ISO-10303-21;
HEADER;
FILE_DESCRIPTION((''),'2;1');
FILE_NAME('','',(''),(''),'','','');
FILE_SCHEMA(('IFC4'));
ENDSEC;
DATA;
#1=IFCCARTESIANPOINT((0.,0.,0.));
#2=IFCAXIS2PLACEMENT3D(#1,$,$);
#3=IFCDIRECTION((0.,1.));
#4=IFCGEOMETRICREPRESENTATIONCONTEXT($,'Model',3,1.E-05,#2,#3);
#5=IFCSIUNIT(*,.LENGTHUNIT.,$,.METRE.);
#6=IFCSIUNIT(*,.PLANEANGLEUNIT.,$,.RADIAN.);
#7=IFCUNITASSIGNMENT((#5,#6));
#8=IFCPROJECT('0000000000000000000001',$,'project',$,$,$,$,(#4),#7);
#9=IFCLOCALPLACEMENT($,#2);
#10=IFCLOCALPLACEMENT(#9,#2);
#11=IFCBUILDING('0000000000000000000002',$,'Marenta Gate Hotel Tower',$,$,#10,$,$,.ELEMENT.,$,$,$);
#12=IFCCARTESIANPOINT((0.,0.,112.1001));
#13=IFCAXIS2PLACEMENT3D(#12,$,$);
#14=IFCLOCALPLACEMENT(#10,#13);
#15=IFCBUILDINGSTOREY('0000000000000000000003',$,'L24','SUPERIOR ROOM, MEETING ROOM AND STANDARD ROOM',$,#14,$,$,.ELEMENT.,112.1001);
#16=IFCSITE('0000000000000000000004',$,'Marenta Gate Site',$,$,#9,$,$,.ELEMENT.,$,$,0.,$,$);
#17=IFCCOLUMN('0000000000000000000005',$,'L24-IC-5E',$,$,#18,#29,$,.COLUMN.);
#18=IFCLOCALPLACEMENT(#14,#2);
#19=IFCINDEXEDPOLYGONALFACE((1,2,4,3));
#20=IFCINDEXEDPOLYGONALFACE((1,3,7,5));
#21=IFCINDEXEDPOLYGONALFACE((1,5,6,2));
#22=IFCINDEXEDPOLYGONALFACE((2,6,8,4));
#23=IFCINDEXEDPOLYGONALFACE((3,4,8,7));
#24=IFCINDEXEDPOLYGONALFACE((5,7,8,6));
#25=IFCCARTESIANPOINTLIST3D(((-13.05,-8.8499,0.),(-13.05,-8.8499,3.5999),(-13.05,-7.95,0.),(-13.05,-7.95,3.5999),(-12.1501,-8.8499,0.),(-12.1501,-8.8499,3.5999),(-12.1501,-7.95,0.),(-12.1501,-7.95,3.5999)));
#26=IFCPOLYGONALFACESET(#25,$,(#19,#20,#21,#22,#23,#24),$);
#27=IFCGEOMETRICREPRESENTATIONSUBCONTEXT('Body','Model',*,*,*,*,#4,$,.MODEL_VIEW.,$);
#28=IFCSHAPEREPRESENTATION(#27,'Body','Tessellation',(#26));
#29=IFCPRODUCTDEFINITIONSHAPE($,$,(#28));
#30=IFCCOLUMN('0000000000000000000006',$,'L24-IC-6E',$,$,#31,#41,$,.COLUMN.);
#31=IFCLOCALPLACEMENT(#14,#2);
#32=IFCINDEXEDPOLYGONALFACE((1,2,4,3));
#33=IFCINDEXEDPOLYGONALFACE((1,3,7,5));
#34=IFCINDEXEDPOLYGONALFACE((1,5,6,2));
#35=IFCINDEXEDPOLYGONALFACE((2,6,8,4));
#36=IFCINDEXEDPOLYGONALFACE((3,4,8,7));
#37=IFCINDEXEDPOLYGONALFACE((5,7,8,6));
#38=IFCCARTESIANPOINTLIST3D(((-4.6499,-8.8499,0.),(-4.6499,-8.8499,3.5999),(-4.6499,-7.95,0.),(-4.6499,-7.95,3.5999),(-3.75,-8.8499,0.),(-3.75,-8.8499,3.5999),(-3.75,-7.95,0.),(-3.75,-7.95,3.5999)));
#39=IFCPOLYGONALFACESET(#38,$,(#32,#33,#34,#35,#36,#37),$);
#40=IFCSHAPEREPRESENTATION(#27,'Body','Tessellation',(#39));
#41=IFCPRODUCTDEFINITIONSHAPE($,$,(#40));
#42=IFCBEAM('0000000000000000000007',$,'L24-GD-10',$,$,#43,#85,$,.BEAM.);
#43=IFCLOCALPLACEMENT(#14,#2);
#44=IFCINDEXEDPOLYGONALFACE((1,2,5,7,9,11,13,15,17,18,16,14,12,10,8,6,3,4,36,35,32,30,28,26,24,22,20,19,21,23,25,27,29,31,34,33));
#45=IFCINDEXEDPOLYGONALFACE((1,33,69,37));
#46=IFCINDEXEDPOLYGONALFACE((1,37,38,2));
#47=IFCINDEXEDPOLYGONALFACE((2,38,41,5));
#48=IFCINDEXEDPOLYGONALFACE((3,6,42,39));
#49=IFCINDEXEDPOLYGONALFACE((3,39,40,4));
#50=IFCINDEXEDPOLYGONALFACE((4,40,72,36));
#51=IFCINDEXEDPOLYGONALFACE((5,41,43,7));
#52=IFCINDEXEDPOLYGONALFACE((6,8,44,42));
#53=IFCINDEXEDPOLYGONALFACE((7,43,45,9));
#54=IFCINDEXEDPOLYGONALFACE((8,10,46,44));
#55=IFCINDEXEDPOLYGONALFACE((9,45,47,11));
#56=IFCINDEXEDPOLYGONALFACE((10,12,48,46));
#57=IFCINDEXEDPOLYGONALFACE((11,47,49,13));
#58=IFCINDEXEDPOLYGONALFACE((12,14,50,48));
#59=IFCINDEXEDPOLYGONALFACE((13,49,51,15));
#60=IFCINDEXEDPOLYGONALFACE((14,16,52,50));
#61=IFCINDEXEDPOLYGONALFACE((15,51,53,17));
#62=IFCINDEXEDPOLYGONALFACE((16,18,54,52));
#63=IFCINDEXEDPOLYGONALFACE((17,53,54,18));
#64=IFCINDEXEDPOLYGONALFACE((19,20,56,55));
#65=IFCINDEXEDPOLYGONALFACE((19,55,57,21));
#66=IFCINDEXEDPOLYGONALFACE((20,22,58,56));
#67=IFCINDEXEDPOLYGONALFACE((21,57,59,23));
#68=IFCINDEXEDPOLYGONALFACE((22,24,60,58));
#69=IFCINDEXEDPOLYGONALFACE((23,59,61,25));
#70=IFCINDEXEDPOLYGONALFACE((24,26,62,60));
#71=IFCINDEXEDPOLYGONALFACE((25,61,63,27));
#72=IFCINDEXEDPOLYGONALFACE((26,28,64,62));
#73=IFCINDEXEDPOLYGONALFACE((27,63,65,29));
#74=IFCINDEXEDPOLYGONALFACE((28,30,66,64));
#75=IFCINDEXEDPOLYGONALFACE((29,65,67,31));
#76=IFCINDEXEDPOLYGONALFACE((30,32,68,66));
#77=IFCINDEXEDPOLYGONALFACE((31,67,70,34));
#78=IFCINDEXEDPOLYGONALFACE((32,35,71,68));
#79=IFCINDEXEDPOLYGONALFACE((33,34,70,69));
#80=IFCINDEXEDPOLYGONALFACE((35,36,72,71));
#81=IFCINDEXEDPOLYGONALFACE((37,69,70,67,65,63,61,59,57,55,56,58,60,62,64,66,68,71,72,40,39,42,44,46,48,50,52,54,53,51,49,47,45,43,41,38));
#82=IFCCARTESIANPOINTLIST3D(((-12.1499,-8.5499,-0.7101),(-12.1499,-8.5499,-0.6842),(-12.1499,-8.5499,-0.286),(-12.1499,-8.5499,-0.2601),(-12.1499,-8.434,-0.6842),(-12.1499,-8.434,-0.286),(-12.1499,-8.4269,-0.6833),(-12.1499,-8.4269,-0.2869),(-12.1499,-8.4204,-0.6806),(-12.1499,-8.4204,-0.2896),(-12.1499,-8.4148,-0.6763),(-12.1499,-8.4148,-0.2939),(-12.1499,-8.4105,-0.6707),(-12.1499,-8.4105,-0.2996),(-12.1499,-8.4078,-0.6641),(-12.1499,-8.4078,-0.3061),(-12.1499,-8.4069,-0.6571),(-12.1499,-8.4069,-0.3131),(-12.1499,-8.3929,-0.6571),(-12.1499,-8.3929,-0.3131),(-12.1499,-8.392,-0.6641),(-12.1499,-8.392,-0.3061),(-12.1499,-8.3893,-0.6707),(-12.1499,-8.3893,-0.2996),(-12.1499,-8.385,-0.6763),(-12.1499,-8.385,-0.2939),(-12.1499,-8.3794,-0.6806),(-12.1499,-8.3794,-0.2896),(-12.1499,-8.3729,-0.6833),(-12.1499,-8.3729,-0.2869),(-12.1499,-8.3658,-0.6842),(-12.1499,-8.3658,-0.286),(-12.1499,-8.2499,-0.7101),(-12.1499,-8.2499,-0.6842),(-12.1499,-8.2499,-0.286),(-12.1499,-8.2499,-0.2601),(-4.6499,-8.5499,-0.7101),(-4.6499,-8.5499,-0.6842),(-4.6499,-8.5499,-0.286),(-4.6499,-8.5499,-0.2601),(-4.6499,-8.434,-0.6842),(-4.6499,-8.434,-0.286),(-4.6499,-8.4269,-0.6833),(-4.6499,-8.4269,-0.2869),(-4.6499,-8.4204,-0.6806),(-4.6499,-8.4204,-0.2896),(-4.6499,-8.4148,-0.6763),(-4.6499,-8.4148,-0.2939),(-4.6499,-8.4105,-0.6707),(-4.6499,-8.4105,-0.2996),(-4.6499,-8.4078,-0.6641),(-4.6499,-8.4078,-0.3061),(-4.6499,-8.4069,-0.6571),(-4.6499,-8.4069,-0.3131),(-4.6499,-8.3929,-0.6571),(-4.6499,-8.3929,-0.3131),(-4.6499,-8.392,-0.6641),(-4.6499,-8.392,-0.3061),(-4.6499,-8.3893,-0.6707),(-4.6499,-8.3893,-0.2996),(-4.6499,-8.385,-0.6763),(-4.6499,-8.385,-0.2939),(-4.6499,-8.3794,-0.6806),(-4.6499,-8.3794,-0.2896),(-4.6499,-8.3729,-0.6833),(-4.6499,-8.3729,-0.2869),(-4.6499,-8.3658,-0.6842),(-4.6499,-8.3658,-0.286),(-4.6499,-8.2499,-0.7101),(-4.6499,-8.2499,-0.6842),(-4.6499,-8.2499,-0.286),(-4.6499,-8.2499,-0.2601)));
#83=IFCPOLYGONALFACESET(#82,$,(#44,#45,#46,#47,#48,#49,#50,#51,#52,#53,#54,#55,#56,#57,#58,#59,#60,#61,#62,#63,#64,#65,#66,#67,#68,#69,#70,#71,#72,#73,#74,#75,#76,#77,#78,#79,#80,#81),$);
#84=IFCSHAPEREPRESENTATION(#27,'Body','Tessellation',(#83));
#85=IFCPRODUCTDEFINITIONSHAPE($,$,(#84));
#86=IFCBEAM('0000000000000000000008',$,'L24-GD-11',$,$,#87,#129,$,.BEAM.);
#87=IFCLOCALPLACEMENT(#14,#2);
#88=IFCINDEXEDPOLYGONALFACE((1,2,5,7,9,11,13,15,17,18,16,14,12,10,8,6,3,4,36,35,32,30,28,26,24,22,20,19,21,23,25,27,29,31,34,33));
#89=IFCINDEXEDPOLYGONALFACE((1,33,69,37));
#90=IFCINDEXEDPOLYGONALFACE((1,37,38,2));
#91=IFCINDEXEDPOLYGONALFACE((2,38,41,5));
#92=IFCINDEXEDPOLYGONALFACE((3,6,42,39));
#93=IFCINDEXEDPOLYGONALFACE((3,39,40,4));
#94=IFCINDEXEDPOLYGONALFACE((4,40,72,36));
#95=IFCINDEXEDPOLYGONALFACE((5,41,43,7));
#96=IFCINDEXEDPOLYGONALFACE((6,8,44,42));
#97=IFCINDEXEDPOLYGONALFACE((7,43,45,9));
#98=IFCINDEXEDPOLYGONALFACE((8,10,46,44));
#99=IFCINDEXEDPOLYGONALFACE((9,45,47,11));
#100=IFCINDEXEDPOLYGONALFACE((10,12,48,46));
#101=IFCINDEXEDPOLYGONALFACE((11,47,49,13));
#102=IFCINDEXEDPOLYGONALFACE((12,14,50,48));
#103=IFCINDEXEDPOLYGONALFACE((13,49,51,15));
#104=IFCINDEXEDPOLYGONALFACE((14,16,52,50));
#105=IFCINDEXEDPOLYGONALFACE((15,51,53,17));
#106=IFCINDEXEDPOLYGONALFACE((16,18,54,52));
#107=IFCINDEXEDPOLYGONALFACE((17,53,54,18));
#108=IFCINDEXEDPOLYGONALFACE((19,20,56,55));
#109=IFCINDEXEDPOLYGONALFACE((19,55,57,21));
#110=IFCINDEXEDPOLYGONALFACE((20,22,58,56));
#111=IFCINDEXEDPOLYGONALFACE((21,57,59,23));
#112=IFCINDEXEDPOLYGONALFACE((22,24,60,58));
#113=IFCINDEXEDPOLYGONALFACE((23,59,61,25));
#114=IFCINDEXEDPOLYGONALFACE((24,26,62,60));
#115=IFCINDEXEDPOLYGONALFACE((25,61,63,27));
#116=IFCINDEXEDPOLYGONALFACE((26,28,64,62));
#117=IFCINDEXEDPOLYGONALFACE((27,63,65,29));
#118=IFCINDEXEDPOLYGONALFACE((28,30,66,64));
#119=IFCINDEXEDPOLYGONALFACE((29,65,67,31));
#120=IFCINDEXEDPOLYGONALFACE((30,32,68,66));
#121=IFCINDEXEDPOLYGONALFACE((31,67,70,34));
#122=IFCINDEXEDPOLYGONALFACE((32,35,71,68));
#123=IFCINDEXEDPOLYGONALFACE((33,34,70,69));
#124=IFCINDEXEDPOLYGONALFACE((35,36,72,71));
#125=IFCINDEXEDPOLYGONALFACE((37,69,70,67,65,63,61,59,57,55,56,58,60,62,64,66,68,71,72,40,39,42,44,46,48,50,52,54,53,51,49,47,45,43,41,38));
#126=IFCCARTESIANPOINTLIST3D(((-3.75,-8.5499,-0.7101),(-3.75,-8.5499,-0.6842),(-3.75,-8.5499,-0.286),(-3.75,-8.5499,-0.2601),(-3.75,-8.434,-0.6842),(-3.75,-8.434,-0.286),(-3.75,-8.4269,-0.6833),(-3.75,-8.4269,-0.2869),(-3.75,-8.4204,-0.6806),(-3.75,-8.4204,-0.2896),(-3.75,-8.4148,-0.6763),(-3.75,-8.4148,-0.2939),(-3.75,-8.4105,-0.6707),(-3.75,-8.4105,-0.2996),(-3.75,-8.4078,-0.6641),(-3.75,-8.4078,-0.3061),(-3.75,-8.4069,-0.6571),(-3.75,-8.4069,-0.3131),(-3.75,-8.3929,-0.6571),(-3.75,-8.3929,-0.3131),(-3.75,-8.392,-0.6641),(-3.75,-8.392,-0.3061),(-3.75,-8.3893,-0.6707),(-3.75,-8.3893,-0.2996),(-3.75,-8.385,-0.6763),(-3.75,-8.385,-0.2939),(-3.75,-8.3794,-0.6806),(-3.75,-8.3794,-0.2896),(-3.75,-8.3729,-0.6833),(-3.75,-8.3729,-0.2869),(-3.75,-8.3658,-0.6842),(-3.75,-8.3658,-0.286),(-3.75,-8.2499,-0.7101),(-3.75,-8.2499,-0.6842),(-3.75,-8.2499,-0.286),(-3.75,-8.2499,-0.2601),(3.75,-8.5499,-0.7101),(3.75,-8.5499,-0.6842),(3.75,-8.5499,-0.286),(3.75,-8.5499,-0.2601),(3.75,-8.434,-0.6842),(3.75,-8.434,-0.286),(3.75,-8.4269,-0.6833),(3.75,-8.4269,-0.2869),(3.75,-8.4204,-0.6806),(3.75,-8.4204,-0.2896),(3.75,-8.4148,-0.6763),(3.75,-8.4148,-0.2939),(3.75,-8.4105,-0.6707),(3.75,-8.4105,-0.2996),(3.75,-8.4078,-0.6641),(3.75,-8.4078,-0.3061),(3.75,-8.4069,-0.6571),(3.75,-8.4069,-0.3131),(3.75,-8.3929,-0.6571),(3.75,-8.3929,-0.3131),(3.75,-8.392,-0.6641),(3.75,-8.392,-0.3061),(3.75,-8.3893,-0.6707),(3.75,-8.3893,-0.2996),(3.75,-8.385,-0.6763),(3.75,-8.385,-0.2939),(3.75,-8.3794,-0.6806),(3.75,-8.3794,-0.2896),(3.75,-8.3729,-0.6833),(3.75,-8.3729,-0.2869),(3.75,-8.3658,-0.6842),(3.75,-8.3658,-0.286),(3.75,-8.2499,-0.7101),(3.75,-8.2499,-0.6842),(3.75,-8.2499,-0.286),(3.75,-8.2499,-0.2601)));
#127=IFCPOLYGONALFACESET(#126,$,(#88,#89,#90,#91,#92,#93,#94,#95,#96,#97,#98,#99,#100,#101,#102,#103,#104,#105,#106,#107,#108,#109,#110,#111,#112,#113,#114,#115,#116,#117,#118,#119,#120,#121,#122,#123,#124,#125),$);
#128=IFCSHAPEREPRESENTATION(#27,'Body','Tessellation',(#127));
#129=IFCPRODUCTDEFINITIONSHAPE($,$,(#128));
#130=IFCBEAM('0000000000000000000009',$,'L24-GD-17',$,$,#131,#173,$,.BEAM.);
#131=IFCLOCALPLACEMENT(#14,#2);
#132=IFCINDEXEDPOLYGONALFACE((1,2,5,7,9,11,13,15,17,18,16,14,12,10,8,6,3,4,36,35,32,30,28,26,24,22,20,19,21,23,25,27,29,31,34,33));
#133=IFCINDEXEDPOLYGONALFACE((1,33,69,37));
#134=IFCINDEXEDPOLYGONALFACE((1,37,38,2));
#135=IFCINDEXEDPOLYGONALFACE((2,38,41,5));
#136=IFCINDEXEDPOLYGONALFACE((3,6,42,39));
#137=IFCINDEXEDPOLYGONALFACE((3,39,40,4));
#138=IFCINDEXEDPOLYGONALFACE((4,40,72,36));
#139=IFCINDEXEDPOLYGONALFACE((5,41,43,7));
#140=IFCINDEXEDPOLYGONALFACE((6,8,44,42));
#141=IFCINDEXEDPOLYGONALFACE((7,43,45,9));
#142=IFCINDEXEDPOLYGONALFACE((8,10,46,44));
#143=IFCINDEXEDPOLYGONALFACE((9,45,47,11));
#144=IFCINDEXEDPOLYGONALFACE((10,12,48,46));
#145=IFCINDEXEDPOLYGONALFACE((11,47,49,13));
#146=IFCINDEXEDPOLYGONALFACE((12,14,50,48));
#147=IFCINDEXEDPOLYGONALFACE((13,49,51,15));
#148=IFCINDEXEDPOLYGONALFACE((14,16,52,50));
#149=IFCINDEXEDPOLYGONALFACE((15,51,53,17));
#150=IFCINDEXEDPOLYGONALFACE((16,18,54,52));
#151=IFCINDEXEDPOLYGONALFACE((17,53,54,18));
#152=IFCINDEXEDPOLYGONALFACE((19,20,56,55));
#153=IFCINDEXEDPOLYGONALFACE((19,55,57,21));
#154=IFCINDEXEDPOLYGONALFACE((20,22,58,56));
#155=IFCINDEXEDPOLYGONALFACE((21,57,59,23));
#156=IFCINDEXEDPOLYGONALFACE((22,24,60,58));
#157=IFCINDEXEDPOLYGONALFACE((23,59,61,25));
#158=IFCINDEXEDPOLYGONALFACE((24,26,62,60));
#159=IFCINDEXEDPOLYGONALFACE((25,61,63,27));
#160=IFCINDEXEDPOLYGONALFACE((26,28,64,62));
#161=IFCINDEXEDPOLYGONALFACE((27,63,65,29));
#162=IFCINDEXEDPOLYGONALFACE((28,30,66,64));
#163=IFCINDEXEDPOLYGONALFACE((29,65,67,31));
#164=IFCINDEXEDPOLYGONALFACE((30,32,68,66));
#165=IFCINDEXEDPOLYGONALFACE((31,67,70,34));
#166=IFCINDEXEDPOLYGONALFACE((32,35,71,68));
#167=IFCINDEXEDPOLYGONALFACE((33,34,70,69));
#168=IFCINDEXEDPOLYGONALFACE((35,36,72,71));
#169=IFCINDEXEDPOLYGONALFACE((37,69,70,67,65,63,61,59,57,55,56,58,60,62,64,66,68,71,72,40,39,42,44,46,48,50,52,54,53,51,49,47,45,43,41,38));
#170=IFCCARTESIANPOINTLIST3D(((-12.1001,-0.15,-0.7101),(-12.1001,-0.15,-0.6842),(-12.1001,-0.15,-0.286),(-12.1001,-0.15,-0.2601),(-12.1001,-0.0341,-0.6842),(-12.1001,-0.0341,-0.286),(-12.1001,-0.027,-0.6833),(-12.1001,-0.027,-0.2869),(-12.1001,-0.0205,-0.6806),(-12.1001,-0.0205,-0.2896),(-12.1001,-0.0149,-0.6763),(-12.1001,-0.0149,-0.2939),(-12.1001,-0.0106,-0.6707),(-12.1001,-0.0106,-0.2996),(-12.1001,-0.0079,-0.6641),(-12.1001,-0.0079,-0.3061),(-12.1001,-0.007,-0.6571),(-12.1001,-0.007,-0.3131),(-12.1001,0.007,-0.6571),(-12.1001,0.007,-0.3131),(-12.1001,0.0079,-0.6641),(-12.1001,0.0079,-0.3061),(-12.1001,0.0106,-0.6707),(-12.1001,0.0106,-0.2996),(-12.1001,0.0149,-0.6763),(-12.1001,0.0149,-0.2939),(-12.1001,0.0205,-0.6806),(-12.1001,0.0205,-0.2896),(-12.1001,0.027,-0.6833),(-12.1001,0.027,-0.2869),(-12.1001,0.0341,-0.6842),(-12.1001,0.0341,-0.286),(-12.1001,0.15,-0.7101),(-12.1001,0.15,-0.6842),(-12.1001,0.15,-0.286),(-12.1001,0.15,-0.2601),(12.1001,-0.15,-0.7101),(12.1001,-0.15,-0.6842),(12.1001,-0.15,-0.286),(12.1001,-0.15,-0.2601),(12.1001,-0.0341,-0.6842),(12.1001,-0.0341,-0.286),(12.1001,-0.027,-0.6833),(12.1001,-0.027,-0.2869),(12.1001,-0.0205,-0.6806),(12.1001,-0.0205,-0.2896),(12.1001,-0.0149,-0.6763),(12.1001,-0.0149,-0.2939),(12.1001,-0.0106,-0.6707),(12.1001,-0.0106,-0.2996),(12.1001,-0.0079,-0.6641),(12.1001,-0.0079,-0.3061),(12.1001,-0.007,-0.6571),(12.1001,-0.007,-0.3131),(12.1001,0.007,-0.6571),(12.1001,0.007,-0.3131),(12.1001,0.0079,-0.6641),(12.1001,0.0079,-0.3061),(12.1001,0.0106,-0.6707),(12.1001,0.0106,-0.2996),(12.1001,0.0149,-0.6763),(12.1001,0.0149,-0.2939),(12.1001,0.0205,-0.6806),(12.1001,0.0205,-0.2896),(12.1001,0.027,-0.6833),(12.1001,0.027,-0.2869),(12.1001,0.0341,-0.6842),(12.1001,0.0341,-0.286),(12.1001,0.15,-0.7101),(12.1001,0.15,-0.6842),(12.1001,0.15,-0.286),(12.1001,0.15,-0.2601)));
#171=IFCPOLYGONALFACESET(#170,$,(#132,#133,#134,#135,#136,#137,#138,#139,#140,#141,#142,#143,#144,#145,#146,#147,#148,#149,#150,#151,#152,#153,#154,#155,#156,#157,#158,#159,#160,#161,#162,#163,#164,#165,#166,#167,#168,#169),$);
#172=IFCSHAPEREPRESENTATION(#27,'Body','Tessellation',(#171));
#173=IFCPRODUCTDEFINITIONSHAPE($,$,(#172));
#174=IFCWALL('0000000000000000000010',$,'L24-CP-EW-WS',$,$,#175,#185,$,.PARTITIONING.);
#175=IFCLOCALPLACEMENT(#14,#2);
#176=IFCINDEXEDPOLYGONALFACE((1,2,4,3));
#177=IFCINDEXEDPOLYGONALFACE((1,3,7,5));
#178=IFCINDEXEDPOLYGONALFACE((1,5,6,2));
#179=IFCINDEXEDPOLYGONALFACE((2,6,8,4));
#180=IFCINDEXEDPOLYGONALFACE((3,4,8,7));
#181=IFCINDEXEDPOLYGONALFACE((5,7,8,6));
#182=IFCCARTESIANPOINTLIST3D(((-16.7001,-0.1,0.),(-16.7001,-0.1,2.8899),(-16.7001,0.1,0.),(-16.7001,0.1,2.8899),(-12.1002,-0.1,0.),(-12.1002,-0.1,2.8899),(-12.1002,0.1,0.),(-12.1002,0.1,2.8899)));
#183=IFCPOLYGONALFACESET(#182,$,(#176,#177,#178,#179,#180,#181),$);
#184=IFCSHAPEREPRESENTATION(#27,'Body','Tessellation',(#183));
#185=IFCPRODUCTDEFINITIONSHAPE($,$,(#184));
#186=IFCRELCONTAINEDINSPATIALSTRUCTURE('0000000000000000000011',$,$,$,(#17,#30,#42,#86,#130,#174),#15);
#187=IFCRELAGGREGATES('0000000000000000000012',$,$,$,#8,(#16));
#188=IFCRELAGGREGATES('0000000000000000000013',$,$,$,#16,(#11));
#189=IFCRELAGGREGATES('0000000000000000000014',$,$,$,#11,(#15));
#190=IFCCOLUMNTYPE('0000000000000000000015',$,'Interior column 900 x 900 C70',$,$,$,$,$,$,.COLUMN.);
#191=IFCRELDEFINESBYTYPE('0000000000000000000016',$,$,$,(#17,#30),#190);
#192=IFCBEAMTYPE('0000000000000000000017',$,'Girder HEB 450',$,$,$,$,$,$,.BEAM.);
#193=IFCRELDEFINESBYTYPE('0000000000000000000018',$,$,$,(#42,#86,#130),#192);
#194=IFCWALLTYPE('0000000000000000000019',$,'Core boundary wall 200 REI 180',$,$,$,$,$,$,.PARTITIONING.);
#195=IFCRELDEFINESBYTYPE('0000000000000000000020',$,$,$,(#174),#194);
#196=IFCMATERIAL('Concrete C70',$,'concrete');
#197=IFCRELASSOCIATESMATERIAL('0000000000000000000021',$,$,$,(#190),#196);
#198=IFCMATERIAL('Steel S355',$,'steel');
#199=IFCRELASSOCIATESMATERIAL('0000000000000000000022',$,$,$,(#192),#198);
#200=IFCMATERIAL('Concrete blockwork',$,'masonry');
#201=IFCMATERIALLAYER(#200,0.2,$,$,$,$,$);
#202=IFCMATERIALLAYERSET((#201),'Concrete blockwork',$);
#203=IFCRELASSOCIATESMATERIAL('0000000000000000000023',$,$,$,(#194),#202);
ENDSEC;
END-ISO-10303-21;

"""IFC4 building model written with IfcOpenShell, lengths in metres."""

from ifc_helpers import new_model, si_unit, direction, frame, frame_2d, origin, origin_2d, place, context, subcontext, project, spatial, rectangle, i_section, extrude, material, layer, layer_set, material_profile, profile_set, type_object, element, save


model = new_model("IFC4")

# Units and contexts
model_context = context("Model", 3, precision=1e-05, world=origin(), true_north=direction((0.0, 1.0)))
body_context = subcontext(model_context, "Body", "Model", "MODEL_VIEW")
ifc_project = project(units=[si_unit("LENGTHUNIT", "METRE"), si_unit("PLANEANGLEUNIT", "RADIAN")], contexts=[model_context])

# Site, building, storey
site_placement = place(None, origin())
site = spatial("IfcSite", under=ifc_project, at=site_placement, Name="Marenta Gate Site", CompositionType="ELEMENT", RefElevation=0.0)
building_placement = place(site_placement, origin())
building = spatial("IfcBuilding", under=site, at=building_placement, Name="Marenta Gate Hotel Tower", CompositionType="ELEMENT")
storey_placement = place(building_placement, frame((0.0, 0.0, 112.1001)))
storey = spatial("IfcBuildingStorey", under=building, at=storey_placement, Name="L24", Description="SUPERIOR ROOM, MEETING ROOM AND STANDARD ROOM", CompositionType="ELEMENT", Elevation=112.1001)

# Columns
ifc_material_1 = material(Name="Concrete C70", Category="concrete")
ifc_material_profile_1 = material_profile(ifc_material_1, rectangle(XDim=0.8999, YDim=0.8999, at=origin_2d()), Name="900 x 900")
ifc_profile_set_1 = profile_set([ifc_material_profile_1], Name="Concrete C70")
column_type = type_object("IfcColumnType", Name="Interior column 900 x 900 C70", PredefinedType="COLUMN", material=ifc_profile_set_1)
for number, where, z_axis, x_axis, name in (
    (1, (-12.6001, -8.3999, 0.0), (0.0, 0.0, 1.0), (1.0, 0.0, 0.0), "L24-IC-5E"),
    (2, (-4.2, -8.3999, 0.0), (0.0, 0.0, 1.0), (1.0, 0.0, 0.0), "L24-IC-6E"),
):
    element("IfcColumn", number, at=place(storey_placement, frame(where, z_axis=z_axis, x_axis=x_axis)), inside=storey, type_object=column_type, Name=name, PredefinedType="COLUMN", context=body_context, shape_type="SweptSolid", body=[
        extrude(rectangle(XDim=0.8999, YDim=0.8999, at=origin_2d()), origin(), (0.0, 0.0, 1.0), 3.5999),
    ])

# Beams
ifc_material_2 = material(Name="Steel S355", Category="steel")
ifc_material_profile_2 = material_profile(ifc_material_2, i_section(OverallWidth=0.3, OverallDepth=0.45, WebThickness=0.0139, FlangeThickness=0.0259, FilletRadius=0.0271, at=origin_2d()), Name="HEB 450")
ifc_profile_set_2 = profile_set([ifc_material_profile_2], Name="Steel S355")
beam_type = type_object("IfcBeamType", Name="Girder HEB 450", PredefinedType="BEAM", material=ifc_profile_set_2)
for number, where, z_axis, x_axis, name in (
    (3, (-12.1499, -8.3999, -0.4851), (1.0, 0.0, 0.0), (0.0, 1.0, 0.0), "L24-GD-10"),
    (4, (-3.75, -8.3999, -0.4851), (1.0, 0.0, 0.0), (0.0, 1.0, 0.0), "L24-GD-11"),
):
    element("IfcBeam", number, at=place(storey_placement, frame(where, z_axis=z_axis, x_axis=x_axis)), inside=storey, type_object=beam_type, Name=name, PredefinedType="BEAM", context=body_context, shape_type="SweptSolid", body=[
        extrude(i_section(OverallWidth=0.3, OverallDepth=0.45, WebThickness=0.0139, FlangeThickness=0.0259, FilletRadius=0.0271, at=origin_2d()), origin(), (0.0, 0.0, 1.0), 7.5),
    ])
beam_placement = place(storey_placement, frame((-12.1001, 0.0, -0.4851), z_axis=(1.0, 0.0, 0.0), x_axis=(0.0, 1.0, 0.0)))
element("IfcBeam", 5, at=beam_placement, inside=storey, type_object=beam_type, Name="L24-GD-17", PredefinedType="BEAM", context=body_context, shape_type="SweptSolid", body=[
    extrude(i_section(OverallWidth=0.3, OverallDepth=0.45, WebThickness=0.0139, FlangeThickness=0.0259, FilletRadius=0.0271, at=origin_2d()), origin(), (0.0, 0.0, 1.0), 24.2002),
])

# Wall
ifc_material_3 = material(Name="Concrete blockwork", Category="masonry")
ifc_layer_1 = layer(ifc_material_3, 0.2)
ifc_layer_set_1 = layer_set([ifc_layer_1], Name="Concrete blockwork")
wall_type_1 = type_object("IfcWallType", Name="Core boundary wall 200 REI 180", PredefinedType="PARTITIONING", material=ifc_layer_set_1)
wall_1_placement = place(storey_placement, frame((-16.7, 0.0, 0.0), z_axis=(0.0, 0.0, 1.0), x_axis=(1.0, 0.0, 0.0)))
element("IfcWall", 6, at=wall_1_placement, inside=storey, type_object=wall_type_1, Name="L24-CP-EW-WS", PredefinedType="PARTITIONING", context=body_context, shape_type="SweptSolid", body=[
    extrude(rectangle(XDim=4.5999, YDim=0.2, at=frame_2d((2.2998, 0.0))), origin(), (0.0, 0.0, 1.0), 2.8899),
])

save(model, "model.ifc")
